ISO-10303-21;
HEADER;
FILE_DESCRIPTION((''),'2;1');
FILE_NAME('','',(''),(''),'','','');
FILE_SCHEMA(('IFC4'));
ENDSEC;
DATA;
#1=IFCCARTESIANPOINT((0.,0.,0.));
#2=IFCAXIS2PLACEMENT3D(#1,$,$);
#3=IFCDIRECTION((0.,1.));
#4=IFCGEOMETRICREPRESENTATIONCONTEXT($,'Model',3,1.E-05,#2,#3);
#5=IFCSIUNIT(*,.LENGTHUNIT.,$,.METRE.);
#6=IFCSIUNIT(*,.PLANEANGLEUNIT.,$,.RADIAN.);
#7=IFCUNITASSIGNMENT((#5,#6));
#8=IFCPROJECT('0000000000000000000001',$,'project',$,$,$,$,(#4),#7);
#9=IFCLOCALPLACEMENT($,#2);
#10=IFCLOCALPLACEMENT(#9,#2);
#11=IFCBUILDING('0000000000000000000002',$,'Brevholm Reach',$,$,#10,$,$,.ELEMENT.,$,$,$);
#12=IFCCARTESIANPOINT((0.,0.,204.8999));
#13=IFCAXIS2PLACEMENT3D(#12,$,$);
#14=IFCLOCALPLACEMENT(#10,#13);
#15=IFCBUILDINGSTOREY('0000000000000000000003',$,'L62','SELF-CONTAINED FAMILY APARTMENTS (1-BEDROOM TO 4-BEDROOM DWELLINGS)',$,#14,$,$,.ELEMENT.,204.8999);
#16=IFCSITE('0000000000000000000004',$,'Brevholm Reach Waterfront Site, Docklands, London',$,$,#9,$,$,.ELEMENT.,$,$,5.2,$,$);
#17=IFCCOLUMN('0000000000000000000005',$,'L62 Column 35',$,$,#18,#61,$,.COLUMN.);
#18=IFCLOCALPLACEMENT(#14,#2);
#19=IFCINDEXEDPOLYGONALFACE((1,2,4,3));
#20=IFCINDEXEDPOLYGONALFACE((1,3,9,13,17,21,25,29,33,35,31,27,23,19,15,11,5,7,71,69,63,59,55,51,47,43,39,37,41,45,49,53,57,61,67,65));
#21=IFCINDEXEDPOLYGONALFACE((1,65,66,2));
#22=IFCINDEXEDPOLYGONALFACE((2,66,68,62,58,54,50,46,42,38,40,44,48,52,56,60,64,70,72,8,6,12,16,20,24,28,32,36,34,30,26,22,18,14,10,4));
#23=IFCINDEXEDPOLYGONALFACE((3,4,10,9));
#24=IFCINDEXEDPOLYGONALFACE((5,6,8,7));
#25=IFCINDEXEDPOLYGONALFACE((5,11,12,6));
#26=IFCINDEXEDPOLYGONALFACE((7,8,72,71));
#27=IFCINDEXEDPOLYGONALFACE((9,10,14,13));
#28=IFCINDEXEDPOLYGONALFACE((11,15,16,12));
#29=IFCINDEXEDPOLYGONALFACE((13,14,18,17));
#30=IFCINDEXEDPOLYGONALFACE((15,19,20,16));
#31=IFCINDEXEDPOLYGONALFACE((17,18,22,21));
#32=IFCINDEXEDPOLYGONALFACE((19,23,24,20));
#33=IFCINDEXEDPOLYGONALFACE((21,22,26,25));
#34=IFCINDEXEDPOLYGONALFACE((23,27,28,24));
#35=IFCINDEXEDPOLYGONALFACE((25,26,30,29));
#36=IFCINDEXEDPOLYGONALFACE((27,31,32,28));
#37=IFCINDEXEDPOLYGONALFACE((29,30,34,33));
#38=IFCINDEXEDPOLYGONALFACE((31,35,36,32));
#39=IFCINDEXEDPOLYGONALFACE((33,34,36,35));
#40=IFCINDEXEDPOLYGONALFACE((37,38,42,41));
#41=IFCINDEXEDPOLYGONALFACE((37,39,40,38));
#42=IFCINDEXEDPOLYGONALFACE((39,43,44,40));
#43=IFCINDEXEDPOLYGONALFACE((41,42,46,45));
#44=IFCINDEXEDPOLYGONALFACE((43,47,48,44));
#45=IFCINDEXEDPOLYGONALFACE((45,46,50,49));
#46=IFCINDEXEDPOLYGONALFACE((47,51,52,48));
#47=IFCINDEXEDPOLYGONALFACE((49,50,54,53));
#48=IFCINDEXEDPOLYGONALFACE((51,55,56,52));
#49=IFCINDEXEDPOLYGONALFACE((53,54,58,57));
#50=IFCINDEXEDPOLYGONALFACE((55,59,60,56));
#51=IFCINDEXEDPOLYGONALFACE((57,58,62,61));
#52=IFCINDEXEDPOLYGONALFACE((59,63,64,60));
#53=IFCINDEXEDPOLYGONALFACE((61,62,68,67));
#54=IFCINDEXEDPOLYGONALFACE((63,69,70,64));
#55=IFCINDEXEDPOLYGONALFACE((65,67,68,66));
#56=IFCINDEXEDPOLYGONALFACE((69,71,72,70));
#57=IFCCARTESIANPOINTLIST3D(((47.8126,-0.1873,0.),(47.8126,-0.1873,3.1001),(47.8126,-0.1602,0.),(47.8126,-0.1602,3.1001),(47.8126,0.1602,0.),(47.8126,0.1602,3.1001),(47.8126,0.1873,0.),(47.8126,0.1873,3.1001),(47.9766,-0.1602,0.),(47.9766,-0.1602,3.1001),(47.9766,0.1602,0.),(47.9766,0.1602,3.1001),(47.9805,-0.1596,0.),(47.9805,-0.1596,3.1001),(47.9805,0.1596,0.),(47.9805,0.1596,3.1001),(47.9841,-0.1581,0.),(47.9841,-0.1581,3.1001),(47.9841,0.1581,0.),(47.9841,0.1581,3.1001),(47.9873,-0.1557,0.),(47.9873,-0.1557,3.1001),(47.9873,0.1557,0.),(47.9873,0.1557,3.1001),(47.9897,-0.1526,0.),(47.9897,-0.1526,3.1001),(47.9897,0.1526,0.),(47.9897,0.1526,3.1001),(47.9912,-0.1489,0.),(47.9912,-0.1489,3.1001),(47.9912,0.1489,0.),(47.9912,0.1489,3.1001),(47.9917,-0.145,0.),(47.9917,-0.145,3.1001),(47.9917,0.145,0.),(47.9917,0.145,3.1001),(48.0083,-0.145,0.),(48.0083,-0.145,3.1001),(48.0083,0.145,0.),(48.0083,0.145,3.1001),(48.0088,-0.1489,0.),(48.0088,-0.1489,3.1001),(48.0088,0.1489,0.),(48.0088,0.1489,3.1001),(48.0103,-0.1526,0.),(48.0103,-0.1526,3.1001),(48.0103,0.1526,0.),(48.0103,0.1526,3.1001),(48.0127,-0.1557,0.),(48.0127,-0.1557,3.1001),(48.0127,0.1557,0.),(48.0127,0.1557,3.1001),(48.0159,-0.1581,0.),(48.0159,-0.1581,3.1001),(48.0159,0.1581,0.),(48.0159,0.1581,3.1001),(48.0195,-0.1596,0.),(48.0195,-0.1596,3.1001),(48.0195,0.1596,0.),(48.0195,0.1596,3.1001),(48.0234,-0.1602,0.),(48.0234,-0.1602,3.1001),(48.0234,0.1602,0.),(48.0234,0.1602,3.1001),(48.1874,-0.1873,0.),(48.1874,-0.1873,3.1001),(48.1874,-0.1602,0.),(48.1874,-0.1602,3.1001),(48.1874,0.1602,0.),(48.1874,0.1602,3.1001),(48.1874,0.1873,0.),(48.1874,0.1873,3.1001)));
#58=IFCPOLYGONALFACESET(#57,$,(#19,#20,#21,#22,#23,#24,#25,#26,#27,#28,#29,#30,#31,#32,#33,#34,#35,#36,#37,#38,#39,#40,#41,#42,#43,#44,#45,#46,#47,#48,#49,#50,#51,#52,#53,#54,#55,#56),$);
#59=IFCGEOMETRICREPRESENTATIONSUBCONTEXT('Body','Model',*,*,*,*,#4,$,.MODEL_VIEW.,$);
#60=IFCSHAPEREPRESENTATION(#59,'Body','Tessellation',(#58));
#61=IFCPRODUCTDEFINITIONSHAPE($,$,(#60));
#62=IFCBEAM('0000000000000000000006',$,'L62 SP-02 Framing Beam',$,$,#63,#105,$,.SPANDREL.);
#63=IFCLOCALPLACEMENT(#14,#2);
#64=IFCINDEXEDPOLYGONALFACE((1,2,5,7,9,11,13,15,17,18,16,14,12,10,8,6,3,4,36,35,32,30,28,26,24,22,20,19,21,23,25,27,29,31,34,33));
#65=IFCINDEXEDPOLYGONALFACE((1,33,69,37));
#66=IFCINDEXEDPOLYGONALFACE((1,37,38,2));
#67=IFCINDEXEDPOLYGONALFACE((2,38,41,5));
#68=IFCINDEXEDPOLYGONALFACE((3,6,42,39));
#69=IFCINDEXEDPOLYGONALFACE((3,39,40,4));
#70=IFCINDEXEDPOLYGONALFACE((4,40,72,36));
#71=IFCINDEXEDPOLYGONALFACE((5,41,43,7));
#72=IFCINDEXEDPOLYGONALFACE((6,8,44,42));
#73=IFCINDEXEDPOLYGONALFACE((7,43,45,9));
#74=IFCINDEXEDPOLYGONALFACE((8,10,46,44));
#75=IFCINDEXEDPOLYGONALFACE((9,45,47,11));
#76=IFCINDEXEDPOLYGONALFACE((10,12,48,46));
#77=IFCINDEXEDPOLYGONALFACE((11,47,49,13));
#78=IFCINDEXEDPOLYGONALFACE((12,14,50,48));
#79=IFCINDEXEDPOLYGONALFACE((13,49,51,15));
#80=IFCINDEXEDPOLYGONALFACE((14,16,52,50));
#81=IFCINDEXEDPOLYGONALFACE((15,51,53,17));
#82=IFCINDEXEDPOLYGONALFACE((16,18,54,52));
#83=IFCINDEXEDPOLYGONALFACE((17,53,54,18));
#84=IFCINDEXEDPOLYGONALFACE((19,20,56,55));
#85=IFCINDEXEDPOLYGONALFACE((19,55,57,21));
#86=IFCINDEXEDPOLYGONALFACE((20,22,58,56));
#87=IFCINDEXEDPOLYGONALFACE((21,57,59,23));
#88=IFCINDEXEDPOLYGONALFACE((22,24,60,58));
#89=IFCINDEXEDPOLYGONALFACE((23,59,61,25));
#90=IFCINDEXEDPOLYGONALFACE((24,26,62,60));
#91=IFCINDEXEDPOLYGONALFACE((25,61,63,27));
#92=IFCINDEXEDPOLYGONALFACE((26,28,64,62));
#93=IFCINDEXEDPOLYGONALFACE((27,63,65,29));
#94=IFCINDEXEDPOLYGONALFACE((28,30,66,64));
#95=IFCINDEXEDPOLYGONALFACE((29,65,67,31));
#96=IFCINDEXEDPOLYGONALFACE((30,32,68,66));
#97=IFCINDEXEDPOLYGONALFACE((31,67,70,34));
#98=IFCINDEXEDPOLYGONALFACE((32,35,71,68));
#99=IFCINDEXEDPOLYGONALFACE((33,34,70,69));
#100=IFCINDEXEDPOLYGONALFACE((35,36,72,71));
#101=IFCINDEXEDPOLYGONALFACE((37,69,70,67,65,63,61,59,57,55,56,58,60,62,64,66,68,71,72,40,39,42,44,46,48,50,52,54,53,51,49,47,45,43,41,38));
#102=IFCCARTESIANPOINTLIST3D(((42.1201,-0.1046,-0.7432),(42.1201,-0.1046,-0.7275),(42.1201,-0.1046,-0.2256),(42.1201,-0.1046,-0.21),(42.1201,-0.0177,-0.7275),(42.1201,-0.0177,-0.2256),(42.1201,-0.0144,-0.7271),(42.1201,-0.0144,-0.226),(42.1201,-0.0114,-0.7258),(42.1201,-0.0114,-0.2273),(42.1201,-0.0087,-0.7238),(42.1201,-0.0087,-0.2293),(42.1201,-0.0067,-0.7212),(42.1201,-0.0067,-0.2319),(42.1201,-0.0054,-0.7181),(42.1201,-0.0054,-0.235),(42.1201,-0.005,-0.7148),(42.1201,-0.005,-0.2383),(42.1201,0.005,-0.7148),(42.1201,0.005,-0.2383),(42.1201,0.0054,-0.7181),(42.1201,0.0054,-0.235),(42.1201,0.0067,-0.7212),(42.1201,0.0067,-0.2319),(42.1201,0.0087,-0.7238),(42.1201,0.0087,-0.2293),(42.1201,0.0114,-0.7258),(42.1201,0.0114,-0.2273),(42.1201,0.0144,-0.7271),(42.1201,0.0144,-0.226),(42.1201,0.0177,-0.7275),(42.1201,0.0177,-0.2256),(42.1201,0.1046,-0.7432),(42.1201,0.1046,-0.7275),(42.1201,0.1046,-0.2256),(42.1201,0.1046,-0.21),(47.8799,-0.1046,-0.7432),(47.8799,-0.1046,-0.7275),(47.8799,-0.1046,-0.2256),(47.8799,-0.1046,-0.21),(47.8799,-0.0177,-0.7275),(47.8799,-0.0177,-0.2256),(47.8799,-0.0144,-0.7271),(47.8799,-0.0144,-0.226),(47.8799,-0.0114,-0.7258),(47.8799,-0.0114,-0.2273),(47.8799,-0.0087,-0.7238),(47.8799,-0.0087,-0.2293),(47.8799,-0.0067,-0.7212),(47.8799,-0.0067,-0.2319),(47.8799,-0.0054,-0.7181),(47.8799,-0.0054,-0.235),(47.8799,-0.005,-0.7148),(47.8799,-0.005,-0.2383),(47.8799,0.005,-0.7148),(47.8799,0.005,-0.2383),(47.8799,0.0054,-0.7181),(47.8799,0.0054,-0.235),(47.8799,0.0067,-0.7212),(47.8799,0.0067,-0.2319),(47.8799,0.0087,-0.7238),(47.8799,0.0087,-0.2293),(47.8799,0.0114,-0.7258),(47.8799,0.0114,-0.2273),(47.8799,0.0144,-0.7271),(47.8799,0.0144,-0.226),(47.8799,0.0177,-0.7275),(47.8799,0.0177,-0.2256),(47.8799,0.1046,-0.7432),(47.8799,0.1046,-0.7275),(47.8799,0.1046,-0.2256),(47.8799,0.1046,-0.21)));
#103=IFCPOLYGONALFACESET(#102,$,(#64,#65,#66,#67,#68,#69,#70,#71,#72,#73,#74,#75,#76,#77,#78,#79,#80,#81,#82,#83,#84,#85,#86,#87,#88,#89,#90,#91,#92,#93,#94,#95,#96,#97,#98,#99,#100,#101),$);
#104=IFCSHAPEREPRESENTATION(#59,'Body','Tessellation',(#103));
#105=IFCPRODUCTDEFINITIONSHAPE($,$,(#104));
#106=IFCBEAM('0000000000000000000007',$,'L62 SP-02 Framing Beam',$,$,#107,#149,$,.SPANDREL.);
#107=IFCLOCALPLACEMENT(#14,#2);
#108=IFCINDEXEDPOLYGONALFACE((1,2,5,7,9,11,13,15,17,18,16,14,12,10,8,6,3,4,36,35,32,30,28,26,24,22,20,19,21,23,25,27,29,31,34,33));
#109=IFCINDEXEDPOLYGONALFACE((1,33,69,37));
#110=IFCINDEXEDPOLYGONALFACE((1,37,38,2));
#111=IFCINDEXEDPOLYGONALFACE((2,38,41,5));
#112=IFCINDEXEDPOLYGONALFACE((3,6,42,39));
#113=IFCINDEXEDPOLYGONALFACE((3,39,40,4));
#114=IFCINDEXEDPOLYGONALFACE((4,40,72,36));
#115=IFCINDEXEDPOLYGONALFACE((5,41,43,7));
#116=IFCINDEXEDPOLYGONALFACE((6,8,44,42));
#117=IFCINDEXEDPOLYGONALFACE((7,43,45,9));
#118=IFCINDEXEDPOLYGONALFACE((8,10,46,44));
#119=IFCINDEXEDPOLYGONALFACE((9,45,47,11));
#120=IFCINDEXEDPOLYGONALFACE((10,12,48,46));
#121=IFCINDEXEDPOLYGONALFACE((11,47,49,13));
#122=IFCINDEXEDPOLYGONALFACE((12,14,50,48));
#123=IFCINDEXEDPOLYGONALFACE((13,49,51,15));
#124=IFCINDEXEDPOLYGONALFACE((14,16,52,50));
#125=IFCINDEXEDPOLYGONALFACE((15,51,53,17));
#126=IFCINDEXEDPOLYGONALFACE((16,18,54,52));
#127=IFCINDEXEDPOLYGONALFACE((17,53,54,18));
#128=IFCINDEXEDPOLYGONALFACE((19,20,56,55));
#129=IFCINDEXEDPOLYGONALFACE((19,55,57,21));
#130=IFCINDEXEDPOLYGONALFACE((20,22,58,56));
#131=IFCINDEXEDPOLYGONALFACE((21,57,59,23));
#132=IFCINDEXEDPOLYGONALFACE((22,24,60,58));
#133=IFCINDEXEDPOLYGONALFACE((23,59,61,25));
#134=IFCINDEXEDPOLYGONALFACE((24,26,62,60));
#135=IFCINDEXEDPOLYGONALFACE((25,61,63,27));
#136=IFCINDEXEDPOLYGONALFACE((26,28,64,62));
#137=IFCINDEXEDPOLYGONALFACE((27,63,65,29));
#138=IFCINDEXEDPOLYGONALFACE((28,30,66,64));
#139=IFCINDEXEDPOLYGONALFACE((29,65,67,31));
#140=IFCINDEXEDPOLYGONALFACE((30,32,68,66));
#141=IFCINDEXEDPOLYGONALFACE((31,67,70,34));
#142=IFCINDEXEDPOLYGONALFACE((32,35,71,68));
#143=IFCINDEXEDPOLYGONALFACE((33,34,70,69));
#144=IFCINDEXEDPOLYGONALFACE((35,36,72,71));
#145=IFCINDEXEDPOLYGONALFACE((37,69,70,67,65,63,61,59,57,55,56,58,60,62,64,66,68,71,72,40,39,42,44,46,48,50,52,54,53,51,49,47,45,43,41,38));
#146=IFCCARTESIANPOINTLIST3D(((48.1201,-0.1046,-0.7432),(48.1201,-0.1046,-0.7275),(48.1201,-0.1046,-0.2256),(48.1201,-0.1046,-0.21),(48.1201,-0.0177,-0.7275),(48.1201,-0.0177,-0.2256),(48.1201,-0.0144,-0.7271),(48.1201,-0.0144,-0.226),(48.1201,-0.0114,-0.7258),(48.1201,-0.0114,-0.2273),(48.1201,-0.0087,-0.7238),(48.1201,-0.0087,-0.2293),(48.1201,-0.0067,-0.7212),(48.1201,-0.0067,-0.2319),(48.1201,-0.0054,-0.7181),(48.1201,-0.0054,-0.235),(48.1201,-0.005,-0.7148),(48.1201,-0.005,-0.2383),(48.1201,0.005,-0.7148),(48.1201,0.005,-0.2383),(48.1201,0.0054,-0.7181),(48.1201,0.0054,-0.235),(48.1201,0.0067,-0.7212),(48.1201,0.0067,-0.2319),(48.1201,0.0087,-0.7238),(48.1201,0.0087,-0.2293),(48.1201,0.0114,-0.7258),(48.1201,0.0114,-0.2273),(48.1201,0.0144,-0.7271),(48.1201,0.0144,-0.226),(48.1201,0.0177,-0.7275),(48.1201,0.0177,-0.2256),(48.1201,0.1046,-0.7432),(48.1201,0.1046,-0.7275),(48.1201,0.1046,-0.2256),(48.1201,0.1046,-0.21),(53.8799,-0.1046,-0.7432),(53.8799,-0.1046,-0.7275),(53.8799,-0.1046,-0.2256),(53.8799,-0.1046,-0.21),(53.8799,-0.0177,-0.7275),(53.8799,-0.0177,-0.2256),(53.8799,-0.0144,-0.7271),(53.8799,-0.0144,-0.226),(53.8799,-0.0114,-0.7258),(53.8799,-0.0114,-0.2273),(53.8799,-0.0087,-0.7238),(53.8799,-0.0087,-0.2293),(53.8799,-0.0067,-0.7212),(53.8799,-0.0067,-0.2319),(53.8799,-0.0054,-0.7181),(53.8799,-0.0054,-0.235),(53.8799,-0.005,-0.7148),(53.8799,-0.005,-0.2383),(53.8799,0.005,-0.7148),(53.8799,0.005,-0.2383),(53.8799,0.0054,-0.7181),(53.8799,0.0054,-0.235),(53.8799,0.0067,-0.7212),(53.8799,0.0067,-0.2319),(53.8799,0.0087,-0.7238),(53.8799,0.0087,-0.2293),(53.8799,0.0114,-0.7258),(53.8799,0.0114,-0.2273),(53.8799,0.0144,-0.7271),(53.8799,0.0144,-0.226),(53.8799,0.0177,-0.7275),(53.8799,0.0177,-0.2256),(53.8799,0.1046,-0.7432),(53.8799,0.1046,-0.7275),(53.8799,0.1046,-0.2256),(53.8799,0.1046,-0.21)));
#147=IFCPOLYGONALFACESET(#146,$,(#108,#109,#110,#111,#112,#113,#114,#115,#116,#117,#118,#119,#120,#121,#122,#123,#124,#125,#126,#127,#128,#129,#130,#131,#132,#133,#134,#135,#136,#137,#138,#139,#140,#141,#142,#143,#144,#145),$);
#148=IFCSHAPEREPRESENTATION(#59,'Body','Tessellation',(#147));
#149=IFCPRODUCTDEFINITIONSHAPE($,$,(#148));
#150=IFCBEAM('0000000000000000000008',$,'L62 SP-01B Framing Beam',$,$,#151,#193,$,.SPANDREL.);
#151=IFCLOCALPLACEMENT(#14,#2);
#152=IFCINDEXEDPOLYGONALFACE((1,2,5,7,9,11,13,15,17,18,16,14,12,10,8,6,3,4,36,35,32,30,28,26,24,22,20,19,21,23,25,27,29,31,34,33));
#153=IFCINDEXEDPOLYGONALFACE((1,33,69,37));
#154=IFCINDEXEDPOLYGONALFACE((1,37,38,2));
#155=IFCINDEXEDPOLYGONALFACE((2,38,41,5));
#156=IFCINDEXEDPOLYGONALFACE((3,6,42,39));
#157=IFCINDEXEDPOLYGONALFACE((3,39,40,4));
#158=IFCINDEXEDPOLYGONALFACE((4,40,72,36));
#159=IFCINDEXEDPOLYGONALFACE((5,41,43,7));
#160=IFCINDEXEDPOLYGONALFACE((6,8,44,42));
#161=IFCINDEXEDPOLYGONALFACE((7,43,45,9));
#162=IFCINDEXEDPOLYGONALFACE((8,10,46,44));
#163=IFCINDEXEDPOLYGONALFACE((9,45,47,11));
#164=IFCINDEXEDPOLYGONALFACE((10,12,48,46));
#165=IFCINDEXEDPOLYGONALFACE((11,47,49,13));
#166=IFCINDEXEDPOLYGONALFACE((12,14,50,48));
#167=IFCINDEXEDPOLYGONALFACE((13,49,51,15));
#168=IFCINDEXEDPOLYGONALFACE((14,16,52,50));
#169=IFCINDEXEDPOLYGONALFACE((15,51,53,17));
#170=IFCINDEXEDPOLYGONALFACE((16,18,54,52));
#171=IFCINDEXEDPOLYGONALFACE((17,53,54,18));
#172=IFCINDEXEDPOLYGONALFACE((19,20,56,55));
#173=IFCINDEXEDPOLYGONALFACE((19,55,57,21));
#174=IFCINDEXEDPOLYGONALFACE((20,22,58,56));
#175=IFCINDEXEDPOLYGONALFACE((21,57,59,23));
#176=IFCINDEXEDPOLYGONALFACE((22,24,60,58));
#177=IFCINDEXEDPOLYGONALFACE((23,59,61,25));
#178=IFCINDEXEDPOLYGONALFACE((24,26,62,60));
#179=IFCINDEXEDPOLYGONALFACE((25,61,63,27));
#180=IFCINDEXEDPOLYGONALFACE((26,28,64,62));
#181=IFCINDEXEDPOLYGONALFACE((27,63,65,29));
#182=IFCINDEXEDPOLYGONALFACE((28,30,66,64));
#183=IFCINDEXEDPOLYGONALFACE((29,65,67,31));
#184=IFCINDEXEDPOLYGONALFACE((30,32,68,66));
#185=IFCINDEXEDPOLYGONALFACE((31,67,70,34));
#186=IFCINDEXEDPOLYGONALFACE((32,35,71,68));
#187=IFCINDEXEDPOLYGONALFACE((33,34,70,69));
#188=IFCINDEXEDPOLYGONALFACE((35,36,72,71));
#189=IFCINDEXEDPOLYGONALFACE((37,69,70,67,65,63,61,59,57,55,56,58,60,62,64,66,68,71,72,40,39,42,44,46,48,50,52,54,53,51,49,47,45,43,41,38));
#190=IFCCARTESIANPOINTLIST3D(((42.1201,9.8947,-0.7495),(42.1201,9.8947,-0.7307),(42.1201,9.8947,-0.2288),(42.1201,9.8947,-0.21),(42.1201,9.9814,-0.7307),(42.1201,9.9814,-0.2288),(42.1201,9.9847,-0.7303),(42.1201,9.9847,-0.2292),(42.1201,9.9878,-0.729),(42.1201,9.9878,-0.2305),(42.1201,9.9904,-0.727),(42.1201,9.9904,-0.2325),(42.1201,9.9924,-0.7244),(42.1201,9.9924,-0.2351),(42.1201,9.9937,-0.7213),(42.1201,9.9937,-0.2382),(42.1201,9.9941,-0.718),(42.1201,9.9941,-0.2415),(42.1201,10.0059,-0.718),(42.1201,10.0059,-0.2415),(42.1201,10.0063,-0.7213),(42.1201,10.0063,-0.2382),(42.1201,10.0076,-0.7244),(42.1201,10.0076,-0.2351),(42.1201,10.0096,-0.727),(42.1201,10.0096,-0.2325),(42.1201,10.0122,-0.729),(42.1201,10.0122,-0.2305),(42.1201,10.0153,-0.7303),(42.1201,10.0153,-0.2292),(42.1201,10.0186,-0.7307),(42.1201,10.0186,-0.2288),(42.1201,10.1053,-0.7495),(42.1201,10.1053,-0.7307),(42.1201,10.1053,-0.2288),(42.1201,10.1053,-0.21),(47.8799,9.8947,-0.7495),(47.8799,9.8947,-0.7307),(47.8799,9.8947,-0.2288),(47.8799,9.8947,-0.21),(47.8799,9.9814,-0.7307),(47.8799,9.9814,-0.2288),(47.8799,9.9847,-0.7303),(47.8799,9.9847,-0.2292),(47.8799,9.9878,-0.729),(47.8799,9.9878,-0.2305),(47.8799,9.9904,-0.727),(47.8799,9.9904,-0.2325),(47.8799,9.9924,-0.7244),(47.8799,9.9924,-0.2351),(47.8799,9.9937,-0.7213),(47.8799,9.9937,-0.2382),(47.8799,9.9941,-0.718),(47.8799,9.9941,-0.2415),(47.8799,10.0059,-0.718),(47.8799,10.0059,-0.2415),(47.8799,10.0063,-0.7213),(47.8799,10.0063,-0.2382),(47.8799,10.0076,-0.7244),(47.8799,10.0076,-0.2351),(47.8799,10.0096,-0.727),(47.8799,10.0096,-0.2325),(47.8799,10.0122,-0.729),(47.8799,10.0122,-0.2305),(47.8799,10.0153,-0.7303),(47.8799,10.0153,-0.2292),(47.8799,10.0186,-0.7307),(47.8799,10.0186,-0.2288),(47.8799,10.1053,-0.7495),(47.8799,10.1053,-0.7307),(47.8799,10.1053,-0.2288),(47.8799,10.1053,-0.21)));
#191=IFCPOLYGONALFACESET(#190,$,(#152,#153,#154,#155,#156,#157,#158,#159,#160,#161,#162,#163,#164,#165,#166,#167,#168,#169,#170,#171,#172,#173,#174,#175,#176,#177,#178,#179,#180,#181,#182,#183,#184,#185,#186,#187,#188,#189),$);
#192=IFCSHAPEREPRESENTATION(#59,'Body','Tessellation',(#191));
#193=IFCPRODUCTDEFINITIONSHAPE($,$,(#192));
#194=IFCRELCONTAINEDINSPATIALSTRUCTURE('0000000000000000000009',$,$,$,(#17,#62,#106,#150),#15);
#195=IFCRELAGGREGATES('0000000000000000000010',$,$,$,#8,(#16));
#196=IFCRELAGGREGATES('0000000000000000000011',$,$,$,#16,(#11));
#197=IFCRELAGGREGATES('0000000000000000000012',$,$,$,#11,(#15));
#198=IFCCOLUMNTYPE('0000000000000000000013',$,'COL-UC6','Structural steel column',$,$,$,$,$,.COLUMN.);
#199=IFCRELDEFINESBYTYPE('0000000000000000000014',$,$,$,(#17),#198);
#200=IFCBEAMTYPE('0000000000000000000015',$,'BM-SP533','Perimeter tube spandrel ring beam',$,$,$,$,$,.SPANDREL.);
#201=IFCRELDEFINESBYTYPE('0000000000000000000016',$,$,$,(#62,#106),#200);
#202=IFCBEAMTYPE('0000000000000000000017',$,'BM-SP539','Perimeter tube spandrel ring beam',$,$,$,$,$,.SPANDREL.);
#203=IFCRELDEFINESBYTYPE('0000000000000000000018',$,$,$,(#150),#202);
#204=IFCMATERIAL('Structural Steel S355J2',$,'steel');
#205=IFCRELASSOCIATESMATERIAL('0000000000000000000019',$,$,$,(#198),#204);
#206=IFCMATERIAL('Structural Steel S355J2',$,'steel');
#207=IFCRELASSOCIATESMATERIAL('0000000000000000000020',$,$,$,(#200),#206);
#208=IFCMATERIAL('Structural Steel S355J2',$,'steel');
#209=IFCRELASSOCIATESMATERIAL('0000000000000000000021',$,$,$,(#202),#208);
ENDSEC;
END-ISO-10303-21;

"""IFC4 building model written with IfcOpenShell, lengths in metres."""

from ifc_helpers import new_model, si_unit, direction, frame, origin, origin_2d, place, context, subcontext, project, spatial, i_section, extrude, material, material_profile, profile_set, type_object, element, save


model = new_model("IFC4")

# Units and contexts
model_context = context("Model", 3, precision=1e-05, world=origin(), true_north=direction((0.0, 1.0)))
body_context = subcontext(model_context, "Body", "Model", "MODEL_VIEW")
ifc_project = project(units=[si_unit("LENGTHUNIT", "METRE"), si_unit("PLANEANGLEUNIT", "RADIAN")], contexts=[model_context])

# Site, building, storey
site_placement = place(None, origin())
site = spatial("IfcSite", under=ifc_project, at=site_placement, Name="Brevholm Reach Waterfront Site, Docklands, London", CompositionType="ELEMENT", RefElevation=5.2)
building_placement = place(site_placement, origin())
building = spatial("IfcBuilding", under=site, at=building_placement, Name="Brevholm Reach", CompositionType="ELEMENT")
storey_placement = place(building_placement, frame((0.0, 0.0, 204.8999)))
storey = spatial("IfcBuildingStorey", under=building, at=storey_placement, Name="L62", Description="SELF-CONTAINED FAMILY APARTMENTS (1-BEDROOM TO 4-BEDROOM DWELLINGS)", CompositionType="ELEMENT", Elevation=204.8999)

# Column
ifc_material_1 = material(Name="Structural Steel S355J2", Category="steel")
ifc_material_profile_1 = material_profile(ifc_material_1, i_section(OverallWidth=0.3748, OverallDepth=0.3745, WebThickness=0.0166, FlangeThickness=0.0271, FilletRadius=0.0151, at=origin_2d()), Name="UKC 356x368x202")
ifc_profile_set_1 = profile_set([ifc_material_profile_1], Name="Structural Steel S355J2")
column_type = type_object("IfcColumnType", Name="COL-UC6", Description="Structural steel column", PredefinedType="COLUMN", material=ifc_profile_set_1)
column_placement = place(storey_placement, frame((48.0, 0.0, 0.0), z_axis=(0.0, 0.0, 1.0), x_axis=(1.0, 0.0, 0.0)))
element("IfcColumn", 1, at=column_placement, inside=storey, type_object=column_type, Name="L62 Column 35", PredefinedType="COLUMN", context=body_context, shape_type="SweptSolid", body=[
    extrude(i_section(OverallWidth=0.3748, OverallDepth=0.3745, WebThickness=0.0166, FlangeThickness=0.0271, FilletRadius=0.0151, at=origin_2d()), origin(), (0.0, 0.0, 1.0), 3.1001),
])

# Beams
ifc_material_2 = material(Name="Structural Steel S355J2", Category="steel")
ifc_material_profile_2 = material_profile(ifc_material_2, i_section(OverallWidth=0.2092, OverallDepth=0.5332, WebThickness=0.01, FlangeThickness=0.0156, FilletRadius=0.0127, at=origin_2d()), Name="UKB 533x210x92")
ifc_profile_set_2 = profile_set([ifc_material_profile_2], Name="Structural Steel S355J2")
beam_type_1 = type_object("IfcBeamType", Name="BM-SP533", Description="Perimeter tube spandrel ring beam", PredefinedType="SPANDREL", material=ifc_profile_set_2)
for number, where, z_axis, x_axis, name in (
    (2, (42.1201, 0.0, -0.4766), (1.0, 0.0, 0.0), (0.0, 1.0, 0.0), "L62 SP-02 Framing Beam"),
    (3, (48.1201, 0.0, -0.4766), (1.0, 0.0, 0.0), (0.0, 1.0, 0.0), "L62 SP-02 Framing Beam"),
):
    element("IfcBeam", number, at=place(storey_placement, frame(where, z_axis=z_axis, x_axis=x_axis)), inside=storey, type_object=beam_type_1, Name=name, PredefinedType="SPANDREL", context=body_context, shape_type="SweptSolid", body=[
        extrude(i_section(OverallWidth=0.2092, OverallDepth=0.5332, WebThickness=0.01, FlangeThickness=0.0156, FilletRadius=0.0127, at=origin_2d()), origin(), (0.0, 0.0, 1.0), 5.7598),
    ])
ifc_material_3 = material(Name="Structural Steel S355J2", Category="steel")
ifc_material_profile_3 = material_profile(ifc_material_3, i_section(OverallWidth=0.2107, OverallDepth=0.5396, WebThickness=0.0117, FlangeThickness=0.0188, FilletRadius=0.0127, at=origin_2d()), Name="UKB 533x210x109")
ifc_profile_set_3 = profile_set([ifc_material_profile_3], Name="Structural Steel S355J2")
beam_type_2 = type_object("IfcBeamType", Name="BM-SP539", Description="Perimeter tube spandrel ring beam", PredefinedType="SPANDREL", material=ifc_profile_set_3)
beam_1_placement = place(storey_placement, frame((42.1201, 10.0, -0.4797), z_axis=(1.0, 0.0, 0.0), x_axis=(0.0, 1.0, 0.0)))
element("IfcBeam", 4, at=beam_1_placement, inside=storey, type_object=beam_type_2, Name="L62 SP-01B Framing Beam", PredefinedType="SPANDREL", context=body_context, shape_type="SweptSolid", body=[
    extrude(i_section(OverallWidth=0.2107, OverallDepth=0.5396, WebThickness=0.0117, FlangeThickness=0.0188, FilletRadius=0.0127, at=origin_2d()), origin(), (0.0, 0.0, 1.0), 5.7598),
])

save(model, "model.ifc")
